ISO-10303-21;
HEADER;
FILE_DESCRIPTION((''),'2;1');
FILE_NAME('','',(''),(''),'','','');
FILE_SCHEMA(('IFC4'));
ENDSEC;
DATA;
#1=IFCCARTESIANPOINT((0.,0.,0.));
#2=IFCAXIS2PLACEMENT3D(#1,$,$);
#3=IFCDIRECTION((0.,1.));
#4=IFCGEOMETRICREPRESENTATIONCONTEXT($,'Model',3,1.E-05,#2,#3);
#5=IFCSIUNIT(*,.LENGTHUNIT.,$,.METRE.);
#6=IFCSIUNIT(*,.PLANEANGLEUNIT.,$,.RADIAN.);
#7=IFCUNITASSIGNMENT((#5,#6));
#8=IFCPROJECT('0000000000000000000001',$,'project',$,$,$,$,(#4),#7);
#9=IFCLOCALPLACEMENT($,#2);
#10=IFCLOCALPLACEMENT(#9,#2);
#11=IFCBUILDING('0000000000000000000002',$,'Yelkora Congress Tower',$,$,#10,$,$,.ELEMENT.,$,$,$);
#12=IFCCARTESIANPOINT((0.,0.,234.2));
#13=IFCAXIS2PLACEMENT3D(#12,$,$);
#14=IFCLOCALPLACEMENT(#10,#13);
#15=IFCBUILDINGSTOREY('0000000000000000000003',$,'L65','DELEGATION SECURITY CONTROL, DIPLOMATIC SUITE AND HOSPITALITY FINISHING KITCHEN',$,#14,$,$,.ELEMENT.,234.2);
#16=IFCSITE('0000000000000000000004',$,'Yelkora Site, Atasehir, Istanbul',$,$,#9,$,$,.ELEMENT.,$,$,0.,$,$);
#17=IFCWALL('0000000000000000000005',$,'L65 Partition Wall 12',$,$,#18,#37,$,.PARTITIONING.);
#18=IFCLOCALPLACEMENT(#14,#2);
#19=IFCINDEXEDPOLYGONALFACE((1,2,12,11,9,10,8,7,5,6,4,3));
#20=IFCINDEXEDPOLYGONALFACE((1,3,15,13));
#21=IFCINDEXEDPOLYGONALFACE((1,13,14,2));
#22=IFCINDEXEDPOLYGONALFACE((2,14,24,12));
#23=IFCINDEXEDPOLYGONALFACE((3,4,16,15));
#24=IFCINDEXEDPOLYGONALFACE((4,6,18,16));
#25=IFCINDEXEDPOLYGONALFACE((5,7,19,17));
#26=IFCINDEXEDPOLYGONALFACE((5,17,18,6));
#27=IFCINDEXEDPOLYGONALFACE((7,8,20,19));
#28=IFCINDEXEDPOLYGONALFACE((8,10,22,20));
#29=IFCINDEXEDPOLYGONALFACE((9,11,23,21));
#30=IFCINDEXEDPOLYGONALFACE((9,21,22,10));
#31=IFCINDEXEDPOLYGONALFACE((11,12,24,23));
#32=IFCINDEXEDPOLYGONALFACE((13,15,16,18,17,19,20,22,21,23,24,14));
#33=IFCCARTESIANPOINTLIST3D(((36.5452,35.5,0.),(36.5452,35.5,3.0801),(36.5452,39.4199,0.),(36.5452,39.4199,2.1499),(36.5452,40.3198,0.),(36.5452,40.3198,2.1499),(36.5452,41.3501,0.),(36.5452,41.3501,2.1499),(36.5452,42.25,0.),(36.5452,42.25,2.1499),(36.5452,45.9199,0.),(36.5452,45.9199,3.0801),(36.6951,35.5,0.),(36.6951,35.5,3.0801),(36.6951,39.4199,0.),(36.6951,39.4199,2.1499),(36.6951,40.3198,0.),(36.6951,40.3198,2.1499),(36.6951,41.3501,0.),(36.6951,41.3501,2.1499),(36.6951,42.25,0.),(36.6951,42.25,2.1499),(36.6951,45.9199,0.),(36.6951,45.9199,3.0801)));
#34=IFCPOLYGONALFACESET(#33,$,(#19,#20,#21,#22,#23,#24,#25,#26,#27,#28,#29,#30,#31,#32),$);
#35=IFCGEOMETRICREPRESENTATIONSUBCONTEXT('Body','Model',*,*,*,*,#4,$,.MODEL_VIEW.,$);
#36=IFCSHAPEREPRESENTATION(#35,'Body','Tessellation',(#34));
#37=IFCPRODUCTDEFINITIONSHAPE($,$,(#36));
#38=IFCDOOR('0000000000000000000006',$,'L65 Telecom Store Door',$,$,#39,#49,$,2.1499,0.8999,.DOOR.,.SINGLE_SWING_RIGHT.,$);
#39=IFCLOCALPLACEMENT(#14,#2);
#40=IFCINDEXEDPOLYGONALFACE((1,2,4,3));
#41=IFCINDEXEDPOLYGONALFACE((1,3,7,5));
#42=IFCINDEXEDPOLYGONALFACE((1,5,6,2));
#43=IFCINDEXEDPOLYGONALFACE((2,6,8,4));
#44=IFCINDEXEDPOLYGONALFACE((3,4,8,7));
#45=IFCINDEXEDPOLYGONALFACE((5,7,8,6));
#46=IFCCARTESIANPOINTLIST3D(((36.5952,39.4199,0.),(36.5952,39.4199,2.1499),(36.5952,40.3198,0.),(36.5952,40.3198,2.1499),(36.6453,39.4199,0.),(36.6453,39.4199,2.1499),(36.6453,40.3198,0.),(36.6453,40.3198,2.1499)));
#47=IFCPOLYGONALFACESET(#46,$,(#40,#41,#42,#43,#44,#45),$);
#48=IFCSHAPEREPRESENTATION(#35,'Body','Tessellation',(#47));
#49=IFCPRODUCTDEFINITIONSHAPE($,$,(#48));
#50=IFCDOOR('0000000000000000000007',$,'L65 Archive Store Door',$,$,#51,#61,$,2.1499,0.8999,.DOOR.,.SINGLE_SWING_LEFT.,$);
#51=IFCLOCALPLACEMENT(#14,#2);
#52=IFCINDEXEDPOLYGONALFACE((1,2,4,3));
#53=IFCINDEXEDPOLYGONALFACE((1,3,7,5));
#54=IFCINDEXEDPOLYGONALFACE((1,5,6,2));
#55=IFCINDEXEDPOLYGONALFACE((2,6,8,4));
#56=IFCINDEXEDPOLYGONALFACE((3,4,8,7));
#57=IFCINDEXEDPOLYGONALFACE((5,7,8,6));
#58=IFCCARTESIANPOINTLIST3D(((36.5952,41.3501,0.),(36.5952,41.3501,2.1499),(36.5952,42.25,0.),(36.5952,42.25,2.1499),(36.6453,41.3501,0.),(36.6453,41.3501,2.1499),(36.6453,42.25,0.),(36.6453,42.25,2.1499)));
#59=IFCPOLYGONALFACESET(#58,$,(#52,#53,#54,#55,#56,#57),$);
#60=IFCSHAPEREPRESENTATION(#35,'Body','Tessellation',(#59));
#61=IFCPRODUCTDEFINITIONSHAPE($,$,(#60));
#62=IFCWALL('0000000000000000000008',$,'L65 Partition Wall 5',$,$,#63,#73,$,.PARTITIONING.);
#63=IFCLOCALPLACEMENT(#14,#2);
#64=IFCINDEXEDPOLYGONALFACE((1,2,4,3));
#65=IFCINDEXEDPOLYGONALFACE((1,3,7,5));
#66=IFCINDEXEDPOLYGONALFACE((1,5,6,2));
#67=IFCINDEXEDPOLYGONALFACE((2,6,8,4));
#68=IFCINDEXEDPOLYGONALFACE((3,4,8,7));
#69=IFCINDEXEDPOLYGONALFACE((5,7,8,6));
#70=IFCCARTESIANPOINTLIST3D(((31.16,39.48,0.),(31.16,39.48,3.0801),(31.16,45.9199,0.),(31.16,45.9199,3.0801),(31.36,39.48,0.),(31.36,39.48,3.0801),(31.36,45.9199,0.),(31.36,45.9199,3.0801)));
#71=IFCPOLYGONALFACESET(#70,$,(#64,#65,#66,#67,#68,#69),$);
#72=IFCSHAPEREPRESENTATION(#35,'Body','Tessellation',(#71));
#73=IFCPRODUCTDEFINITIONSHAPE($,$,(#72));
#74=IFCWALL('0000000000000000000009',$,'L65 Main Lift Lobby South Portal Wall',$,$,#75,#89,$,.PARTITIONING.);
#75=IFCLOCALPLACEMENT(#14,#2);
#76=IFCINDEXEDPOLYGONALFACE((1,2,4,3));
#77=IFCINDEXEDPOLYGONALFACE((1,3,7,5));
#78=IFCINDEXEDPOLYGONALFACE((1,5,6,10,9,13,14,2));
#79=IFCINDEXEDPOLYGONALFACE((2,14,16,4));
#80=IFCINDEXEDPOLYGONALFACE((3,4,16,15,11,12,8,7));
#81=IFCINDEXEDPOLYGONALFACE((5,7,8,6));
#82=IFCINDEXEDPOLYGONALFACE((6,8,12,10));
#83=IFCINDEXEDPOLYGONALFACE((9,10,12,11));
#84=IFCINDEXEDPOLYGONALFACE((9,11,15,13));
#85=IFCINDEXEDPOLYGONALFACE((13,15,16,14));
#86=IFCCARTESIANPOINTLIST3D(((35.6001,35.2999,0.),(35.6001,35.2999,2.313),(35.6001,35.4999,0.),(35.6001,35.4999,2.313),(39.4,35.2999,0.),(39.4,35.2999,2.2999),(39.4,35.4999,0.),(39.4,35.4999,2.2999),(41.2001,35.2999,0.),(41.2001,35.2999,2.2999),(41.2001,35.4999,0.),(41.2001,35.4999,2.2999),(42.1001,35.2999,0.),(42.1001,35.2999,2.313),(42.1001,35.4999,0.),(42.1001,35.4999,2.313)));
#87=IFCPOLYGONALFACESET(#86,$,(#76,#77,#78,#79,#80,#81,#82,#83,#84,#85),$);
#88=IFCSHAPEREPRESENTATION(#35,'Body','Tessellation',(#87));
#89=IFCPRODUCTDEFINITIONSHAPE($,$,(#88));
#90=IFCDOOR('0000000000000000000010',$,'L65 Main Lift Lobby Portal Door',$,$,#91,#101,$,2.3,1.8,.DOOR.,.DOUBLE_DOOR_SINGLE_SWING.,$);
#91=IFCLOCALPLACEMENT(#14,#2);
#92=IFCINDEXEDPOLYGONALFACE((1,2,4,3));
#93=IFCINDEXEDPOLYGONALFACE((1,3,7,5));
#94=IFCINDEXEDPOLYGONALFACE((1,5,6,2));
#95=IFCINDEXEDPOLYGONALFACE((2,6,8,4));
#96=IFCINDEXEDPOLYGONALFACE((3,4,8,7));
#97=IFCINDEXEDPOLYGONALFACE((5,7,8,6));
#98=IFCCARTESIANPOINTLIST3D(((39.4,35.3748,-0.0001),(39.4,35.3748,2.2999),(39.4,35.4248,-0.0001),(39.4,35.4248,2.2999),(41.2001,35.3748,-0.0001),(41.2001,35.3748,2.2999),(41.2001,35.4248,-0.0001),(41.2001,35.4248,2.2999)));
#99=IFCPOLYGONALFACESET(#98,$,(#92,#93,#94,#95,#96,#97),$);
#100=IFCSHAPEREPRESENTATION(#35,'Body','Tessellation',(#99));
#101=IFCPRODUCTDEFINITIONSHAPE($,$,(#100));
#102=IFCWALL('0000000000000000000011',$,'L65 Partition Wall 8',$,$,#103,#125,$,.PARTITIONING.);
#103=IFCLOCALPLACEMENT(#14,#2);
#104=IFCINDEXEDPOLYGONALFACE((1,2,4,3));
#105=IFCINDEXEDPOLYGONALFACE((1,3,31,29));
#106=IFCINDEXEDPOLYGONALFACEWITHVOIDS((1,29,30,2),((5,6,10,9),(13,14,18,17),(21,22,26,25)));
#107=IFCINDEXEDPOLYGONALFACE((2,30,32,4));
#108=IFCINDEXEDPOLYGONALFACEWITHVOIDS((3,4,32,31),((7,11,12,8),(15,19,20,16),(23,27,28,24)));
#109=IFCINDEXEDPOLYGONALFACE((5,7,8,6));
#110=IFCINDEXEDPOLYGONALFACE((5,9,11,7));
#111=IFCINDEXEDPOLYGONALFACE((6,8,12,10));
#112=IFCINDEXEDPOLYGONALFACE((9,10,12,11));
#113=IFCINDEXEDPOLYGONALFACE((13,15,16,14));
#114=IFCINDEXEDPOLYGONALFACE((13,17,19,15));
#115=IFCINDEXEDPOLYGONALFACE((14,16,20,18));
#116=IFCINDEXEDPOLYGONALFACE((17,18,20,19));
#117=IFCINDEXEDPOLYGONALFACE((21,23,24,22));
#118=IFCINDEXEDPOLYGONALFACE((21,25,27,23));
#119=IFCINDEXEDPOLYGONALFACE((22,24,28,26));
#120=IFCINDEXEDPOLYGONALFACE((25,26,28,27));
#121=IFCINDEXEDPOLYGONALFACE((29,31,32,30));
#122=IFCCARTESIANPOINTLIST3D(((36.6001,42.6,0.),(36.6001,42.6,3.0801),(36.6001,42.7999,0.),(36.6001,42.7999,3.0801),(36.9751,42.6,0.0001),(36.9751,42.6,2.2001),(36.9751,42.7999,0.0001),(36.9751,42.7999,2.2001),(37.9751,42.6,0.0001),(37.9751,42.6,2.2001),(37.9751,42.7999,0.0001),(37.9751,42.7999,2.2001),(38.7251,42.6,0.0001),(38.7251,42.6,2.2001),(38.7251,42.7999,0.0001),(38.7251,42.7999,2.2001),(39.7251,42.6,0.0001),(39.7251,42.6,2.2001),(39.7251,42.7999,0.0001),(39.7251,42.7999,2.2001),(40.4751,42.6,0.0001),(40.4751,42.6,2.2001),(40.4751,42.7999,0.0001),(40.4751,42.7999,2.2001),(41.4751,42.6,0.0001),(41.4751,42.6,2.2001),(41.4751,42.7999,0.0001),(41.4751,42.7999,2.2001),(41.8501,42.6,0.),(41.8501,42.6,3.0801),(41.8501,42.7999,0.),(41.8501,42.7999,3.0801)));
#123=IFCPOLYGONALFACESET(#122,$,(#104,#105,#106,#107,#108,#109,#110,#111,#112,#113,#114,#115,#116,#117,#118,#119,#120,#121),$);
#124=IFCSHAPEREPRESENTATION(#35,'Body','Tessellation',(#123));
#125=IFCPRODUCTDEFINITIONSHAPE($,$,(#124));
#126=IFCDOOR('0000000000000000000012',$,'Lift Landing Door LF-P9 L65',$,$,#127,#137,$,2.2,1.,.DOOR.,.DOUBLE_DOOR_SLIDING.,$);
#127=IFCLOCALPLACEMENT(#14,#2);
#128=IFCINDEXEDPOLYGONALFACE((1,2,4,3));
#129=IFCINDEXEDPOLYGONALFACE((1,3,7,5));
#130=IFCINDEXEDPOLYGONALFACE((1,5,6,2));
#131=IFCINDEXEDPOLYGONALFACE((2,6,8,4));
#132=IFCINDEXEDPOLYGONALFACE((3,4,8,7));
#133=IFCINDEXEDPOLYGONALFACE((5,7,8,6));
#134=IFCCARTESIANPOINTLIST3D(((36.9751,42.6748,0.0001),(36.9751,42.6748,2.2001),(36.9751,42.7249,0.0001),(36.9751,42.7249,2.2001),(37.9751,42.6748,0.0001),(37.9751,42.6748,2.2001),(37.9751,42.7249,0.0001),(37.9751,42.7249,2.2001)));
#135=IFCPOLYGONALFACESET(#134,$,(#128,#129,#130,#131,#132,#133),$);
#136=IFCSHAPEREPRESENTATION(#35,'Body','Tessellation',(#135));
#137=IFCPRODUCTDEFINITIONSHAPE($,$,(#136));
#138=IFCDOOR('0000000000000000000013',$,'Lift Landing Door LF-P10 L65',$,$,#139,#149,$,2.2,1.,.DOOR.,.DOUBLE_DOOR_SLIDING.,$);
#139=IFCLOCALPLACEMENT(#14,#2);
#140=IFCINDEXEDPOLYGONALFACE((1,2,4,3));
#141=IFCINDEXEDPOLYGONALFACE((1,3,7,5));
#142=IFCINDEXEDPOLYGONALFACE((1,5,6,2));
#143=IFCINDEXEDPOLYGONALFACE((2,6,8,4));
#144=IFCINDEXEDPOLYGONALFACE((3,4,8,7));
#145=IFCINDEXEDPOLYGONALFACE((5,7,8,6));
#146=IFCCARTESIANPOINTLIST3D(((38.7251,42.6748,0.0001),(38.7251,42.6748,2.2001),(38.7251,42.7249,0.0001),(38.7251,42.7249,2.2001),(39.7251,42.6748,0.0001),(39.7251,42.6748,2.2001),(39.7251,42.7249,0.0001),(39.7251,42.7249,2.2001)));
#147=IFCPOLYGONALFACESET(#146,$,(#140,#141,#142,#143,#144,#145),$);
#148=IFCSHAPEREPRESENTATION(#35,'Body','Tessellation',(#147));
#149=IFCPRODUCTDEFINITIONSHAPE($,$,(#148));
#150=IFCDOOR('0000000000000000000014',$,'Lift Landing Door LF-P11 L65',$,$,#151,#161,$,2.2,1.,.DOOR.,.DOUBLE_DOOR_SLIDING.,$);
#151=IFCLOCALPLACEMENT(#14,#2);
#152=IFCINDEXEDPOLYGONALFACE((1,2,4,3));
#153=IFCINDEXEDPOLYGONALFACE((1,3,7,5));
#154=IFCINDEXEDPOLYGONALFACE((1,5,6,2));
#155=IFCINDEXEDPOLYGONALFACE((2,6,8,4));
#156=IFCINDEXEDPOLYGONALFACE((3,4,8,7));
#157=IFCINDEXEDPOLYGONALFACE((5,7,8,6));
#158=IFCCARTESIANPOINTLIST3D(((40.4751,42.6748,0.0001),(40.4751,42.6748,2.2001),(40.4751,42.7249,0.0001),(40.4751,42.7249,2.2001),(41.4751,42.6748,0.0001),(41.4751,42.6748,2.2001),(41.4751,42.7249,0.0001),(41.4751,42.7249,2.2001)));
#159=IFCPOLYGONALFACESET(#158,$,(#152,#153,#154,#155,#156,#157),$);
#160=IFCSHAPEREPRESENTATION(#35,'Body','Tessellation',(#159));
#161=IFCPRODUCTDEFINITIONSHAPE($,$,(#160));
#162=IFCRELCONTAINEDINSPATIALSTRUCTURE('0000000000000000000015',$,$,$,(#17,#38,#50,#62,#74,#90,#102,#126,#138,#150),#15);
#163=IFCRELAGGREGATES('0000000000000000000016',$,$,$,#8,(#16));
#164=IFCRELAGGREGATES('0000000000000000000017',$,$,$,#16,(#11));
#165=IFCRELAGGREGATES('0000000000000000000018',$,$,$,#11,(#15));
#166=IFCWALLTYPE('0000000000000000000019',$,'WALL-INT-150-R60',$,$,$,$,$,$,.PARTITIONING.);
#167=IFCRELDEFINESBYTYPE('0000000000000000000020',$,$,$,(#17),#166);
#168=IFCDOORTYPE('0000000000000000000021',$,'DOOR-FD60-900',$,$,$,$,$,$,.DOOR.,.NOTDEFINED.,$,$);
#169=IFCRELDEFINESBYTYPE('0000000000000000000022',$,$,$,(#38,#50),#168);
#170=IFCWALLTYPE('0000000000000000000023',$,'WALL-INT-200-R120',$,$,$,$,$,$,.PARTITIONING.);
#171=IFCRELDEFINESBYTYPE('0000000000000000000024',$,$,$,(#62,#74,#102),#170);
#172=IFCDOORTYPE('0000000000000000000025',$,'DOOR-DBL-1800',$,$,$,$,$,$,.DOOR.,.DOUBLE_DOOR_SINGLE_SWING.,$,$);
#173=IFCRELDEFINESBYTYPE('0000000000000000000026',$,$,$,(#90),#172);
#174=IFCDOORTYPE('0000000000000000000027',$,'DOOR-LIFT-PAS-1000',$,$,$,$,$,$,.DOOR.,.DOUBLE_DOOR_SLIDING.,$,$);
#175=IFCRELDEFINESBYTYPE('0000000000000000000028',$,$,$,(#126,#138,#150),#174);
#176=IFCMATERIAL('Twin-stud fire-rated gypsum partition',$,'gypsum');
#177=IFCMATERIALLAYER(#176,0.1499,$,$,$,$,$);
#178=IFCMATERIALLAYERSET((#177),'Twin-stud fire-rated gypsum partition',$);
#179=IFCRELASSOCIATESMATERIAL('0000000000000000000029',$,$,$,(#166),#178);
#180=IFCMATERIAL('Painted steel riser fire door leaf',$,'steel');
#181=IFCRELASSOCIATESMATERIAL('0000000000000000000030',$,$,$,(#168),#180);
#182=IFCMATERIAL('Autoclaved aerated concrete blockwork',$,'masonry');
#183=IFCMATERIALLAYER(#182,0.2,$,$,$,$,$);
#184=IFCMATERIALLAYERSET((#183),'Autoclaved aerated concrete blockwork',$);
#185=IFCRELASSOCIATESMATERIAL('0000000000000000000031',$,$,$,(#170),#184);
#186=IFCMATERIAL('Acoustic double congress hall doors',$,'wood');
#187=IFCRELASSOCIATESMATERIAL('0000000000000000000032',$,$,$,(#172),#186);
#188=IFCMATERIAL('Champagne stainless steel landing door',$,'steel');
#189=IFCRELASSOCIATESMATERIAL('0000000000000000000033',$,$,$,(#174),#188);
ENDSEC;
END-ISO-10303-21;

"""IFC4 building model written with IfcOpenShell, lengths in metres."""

from ifc_helpers import new_model, si_unit, direction, frame, frame_2d, origin, place, context, subcontext, project, spatial, rectangle, extrude, material, layer, layer_set, type_object, element, fill, save


model = new_model("IFC4")

# Units and contexts
model_context = context("Model", 3, precision=1e-05, world=origin(), true_north=direction((0.0, 1.0)))
body_context = subcontext(model_context, "Body", "Model", "MODEL_VIEW")
ifc_project = project(units=[si_unit("LENGTHUNIT", "METRE"), si_unit("PLANEANGLEUNIT", "RADIAN")], contexts=[model_context])

# Site, building, storey
site_placement = place(None, origin())
site = spatial("IfcSite", under=ifc_project, at=site_placement, Name="Yelkora Site, Atasehir, Istanbul", CompositionType="ELEMENT", RefElevation=0.0)
building_placement = place(site_placement, origin())
building = spatial("IfcBuilding", under=site, at=building_placement, Name="Yelkora Congress Tower", CompositionType="ELEMENT")
storey_placement = place(building_placement, frame((0.0, 0.0, 234.2)))
storey = spatial("IfcBuildingStorey", under=building, at=storey_placement, Name="L65", Description="DELEGATION SECURITY CONTROL, DIPLOMATIC SUITE AND HOSPITALITY FINISHING KITCHEN", CompositionType="ELEMENT", Elevation=234.2)

# Shared definitions
ifc_material_1 = material(Name="Twin-stud fire-rated gypsum partition", Category="gypsum")
ifc_layer_1 = layer(ifc_material_1, 0.1499)
ifc_layer_set_1 = layer_set([ifc_layer_1], Name="Twin-stud fire-rated gypsum partition")
wall_type_1 = type_object("IfcWallType", Name="WALL-INT-150-R60", PredefinedType="PARTITIONING", material=ifc_layer_set_1)

# Wall, openings, doors
wall_1_placement = place(storey_placement, frame((36.6201, 35.5, 0.0), z_axis=(0.0, 0.0, 1.0), x_axis=(0.0, 1.0, 0.0)))
wall_1 = element("IfcWall", 1, at=wall_1_placement, inside=storey, type_object=wall_type_1, Name="L65 Partition Wall 12", PredefinedType="PARTITIONING", context=body_context, shape_type="SweptSolid", body=[
    extrude(rectangle(XDim=10.4199, YDim=0.1499, at=frame_2d((5.21, 0.0))), origin(), (0.0, 0.0, 1.0), 3.0801),
])
opening_1_placement = place(wall_1_placement, frame((3.9199, 0.0, 0.0)))
opening_1 = element("IfcOpeningElement", 2, at=opening_1_placement, cuts=wall_1, PredefinedType="OPENING", context=body_context, shape_type="SweptSolid", body=[
    extrude(rectangle(XDim=0.8999, YDim=2.1499, at=frame_2d((0.45, 1.075))), frame((0.0, 0.085, 0.0), z_axis=(0.0, -1.0, 0.0), x_axis=(1.0, 0.0, 0.0)), (0.0, 0.0, 1.0), 0.1699),
])
opening_2_placement = place(wall_1_placement, frame((5.8501, 0.0, 0.0)))
opening_2 = element("IfcOpeningElement", 3, at=opening_2_placement, cuts=wall_1, PredefinedType="OPENING", context=body_context, shape_type="SweptSolid", body=[
    extrude(rectangle(XDim=0.8999, YDim=2.1499, at=frame_2d((0.45, 1.075))), frame((0.0, 0.085, 0.0), z_axis=(0.0, -1.0, 0.0), x_axis=(1.0, 0.0, 0.0)), (0.0, 0.0, 1.0), 0.1699),
])
ifc_material_2 = material(Name="Painted steel riser fire door leaf", Category="steel")
door_type_1 = type_object("IfcDoorType", Name="DOOR-FD60-900", OperationType="NOTDEFINED", PredefinedType="DOOR", material=ifc_material_2)
door_1_placement = place(opening_1_placement, origin())
door_1 = element("IfcDoor", 4, at=door_1_placement, inside=storey, type_object=door_type_1, Name="L65 Telecom Store Door", OperationType="SINGLE_SWING_RIGHT", OverallHeight=2.1499, OverallWidth=0.8999, PredefinedType="DOOR", context=body_context, shape_type="SweptSolid", body=[
    extrude(rectangle(XDim=0.8999, YDim=2.1499, at=frame_2d((0.45, 1.075))), frame((0.0, 0.0249, 0.0), z_axis=(0.0, -1.0, 0.0), x_axis=(1.0, 0.0, 0.0)), (0.0, 0.0, 1.0), 0.05),
])
fill(opening_1, door_1)
door_2_placement = place(opening_2_placement, origin())
door_2 = element("IfcDoor", 5, at=door_2_placement, inside=storey, type_object=door_type_1, Name="L65 Archive Store Door", OperationType="SINGLE_SWING_LEFT", OverallHeight=2.1499, OverallWidth=0.8999, PredefinedType="DOOR", context=body_context, shape_type="SweptSolid", body=[
    extrude(rectangle(XDim=0.8999, YDim=2.1499, at=frame_2d((0.45, 1.075))), frame((0.0, 0.0249, 0.0), z_axis=(0.0, -1.0, 0.0), x_axis=(1.0, 0.0, 0.0)), (0.0, 0.0, 1.0), 0.05),
])
fill(opening_2, door_2)

# Wall
ifc_material_3 = material(Name="Autoclaved aerated concrete blockwork", Category="masonry")
ifc_layer_2 = layer(ifc_material_3, 0.2)
ifc_layer_set_2 = layer_set([ifc_layer_2], Name="Autoclaved aerated concrete blockwork")
wall_type_2 = type_object("IfcWallType", Name="WALL-INT-200-R120", PredefinedType="PARTITIONING", material=ifc_layer_set_2)
wall_2_placement = place(storey_placement, frame((31.26, 39.48, 0.0), z_axis=(0.0, 0.0, 1.0), x_axis=(0.0, 1.0, 0.0)))
element("IfcWall", 6, at=wall_2_placement, inside=storey, type_object=wall_type_2, Name="L65 Partition Wall 5", PredefinedType="PARTITIONING", context=body_context, shape_type="SweptSolid", body=[
    extrude(rectangle(XDim=6.4399, YDim=0.2, at=frame_2d((3.22, 0.0))), origin(), (0.0, 0.0, 1.0), 3.0801),
])

# Wall, opening, door
wall_3_placement = place(storey_placement, frame((35.6001, 35.3999, 0.0), z_axis=(0.0, 0.0, 1.0), x_axis=(1.0, 0.0, 0.0)))
wall_3 = element("IfcWall", 7, at=wall_3_placement, inside=storey, type_object=wall_type_2, Name="L65 Main Lift Lobby South Portal Wall", PredefinedType="PARTITIONING", context=body_context, shape_type="SweptSolid", body=[
    extrude(rectangle(XDim=6.5, YDim=0.2, at=frame_2d((3.25, 0.0))), origin(), (0.0, 0.0, 1.0), 2.313),
])
opening_3_placement = place(wall_3_placement, frame((3.8, 0.0, 0.0)))
opening_3 = element("IfcOpeningElement", 8, at=opening_3_placement, cuts=wall_3, PredefinedType="OPENING", context=body_context, shape_type="SweptSolid", body=[
    extrude(rectangle(XDim=1.8, YDim=2.3, at=frame_2d((0.8999, 1.1499))), frame((0.0, 0.1099, 0.0), z_axis=(0.0, -1.0, 0.0), x_axis=(1.0, 0.0, 0.0)), (0.0, 0.0, 1.0), 0.22),
])
ifc_material_4 = material(Name="Acoustic double congress hall doors", Category="wood")
door_type_2 = type_object("IfcDoorType", Name="DOOR-DBL-1800", OperationType="DOUBLE_DOOR_SINGLE_SWING", PredefinedType="DOOR", material=ifc_material_4)
door_3_placement = place(opening_3_placement, origin())
door_3 = element("IfcDoor", 9, at=door_3_placement, inside=storey, type_object=door_type_2, Name="L65 Main Lift Lobby Portal Door", OperationType="DOUBLE_DOOR_SINGLE_SWING", OverallHeight=2.3, OverallWidth=1.8, PredefinedType="DOOR", context=body_context, shape_type="SweptSolid", body=[
    extrude(rectangle(XDim=1.8, YDim=2.3, at=frame_2d((0.8999, 1.1499))), frame((0.0, 0.0249, 0.0), z_axis=(0.0, -1.0, 0.0), x_axis=(1.0, 0.0, 0.0)), (0.0, 0.0, 1.0), 0.05),
])
fill(opening_3, door_3)

# Wall, openings, doors
wall_4_placement = place(storey_placement, frame((36.6001, 42.7, 0.0), z_axis=(0.0, 0.0, 1.0), x_axis=(1.0, 0.0, 0.0)))
wall_4 = element("IfcWall", 10, at=wall_4_placement, inside=storey, type_object=wall_type_2, Name="L65 Partition Wall 8", PredefinedType="PARTITIONING", context=body_context, shape_type="SweptSolid", body=[
    extrude(rectangle(XDim=5.25, YDim=0.2, at=frame_2d((2.625, 0.0))), origin(), (0.0, 0.0, 1.0), 3.0801),
])
opening_4_placement = place(wall_4_placement, frame((0.375, 0.0, 0.0)))
opening_4 = element("IfcOpeningElement", 11, at=opening_4_placement, cuts=wall_4, PredefinedType="OPENING", context=body_context, shape_type="SweptSolid", body=[
    extrude(rectangle(XDim=1.0, YDim=2.2, at=frame_2d((0.5, 1.1001))), frame((0.0, 0.1099, 0.0), z_axis=(0.0, -1.0, 0.0), x_axis=(1.0, 0.0, 0.0)), (0.0, 0.0, 1.0), 0.22),
])
opening_5_placement = place(wall_4_placement, frame((2.125, 0.0, 0.0)))
opening_5 = element("IfcOpeningElement", 12, at=opening_5_placement, cuts=wall_4, PredefinedType="OPENING", context=body_context, shape_type="SweptSolid", body=[
    extrude(rectangle(XDim=1.0, YDim=2.2, at=frame_2d((0.5, 1.1001))), frame((0.0, 0.1099, 0.0), z_axis=(0.0, -1.0, 0.0), x_axis=(1.0, 0.0, 0.0)), (0.0, 0.0, 1.0), 0.22),
])
opening_6_placement = place(wall_4_placement, frame((3.875, 0.0, 0.0)))
opening_6 = element("IfcOpeningElement", 13, at=opening_6_placement, cuts=wall_4, PredefinedType="OPENING", context=body_context, shape_type="SweptSolid", body=[
    extrude(rectangle(XDim=1.0, YDim=2.2, at=frame_2d((0.5, 1.1001))), frame((0.0, 0.1099, 0.0), z_axis=(0.0, -1.0, 0.0), x_axis=(1.0, 0.0, 0.0)), (0.0, 0.0, 1.0), 0.22),
])
ifc_material_5 = material(Name="Champagne stainless steel landing door", Category="steel")
door_type_3 = type_object("IfcDoorType", Name="DOOR-LIFT-PAS-1000", OperationType="DOUBLE_DOOR_SLIDING", PredefinedType="DOOR", material=ifc_material_5)
door_4_placement = place(opening_4_placement, origin())
door_4 = element("IfcDoor", 14, at=door_4_placement, inside=storey, type_object=door_type_3, Name="Lift Landing Door LF-P9 L65", OperationType="DOUBLE_DOOR_SLIDING", OverallHeight=2.2, OverallWidth=1.0, PredefinedType="DOOR", context=body_context, shape_type="SweptSolid", body=[
    extrude(rectangle(XDim=1.0, YDim=2.2, at=frame_2d((0.5, 1.1001))), frame((0.0, 0.0249, 0.0), z_axis=(0.0, -1.0, 0.0), x_axis=(1.0, 0.0, 0.0)), (0.0, 0.0, 1.0), 0.05),
])
fill(opening_4, door_4)
door_5_placement = place(opening_5_placement, origin())
door_5 = element("IfcDoor", 15, at=door_5_placement, inside=storey, type_object=door_type_3, Name="Lift Landing Door LF-P10 L65", OperationType="DOUBLE_DOOR_SLIDING", OverallHeight=2.2, OverallWidth=1.0, PredefinedType="DOOR", context=body_context, shape_type="SweptSolid", body=[
    extrude(rectangle(XDim=1.0, YDim=2.2, at=frame_2d((0.5, 1.1001))), frame((0.0, 0.0249, 0.0), z_axis=(0.0, -1.0, 0.0), x_axis=(1.0, 0.0, 0.0)), (0.0, 0.0, 1.0), 0.05),
])
fill(opening_5, door_5)
door_6_placement = place(opening_6_placement, origin())
door_6 = element("IfcDoor", 16, at=door_6_placement, inside=storey, type_object=door_type_3, Name="Lift Landing Door LF-P11 L65", OperationType="DOUBLE_DOOR_SLIDING", OverallHeight=2.2, OverallWidth=1.0, PredefinedType="DOOR", context=body_context, shape_type="SweptSolid", body=[
    extrude(rectangle(XDim=1.0, YDim=2.2, at=frame_2d((0.5, 1.1001))), frame((0.0, 0.0249, 0.0), z_axis=(0.0, -1.0, 0.0), x_axis=(1.0, 0.0, 0.0)), (0.0, 0.0, 1.0), 0.05),
])
fill(opening_6, door_6)

save(model, "model.ifc")
